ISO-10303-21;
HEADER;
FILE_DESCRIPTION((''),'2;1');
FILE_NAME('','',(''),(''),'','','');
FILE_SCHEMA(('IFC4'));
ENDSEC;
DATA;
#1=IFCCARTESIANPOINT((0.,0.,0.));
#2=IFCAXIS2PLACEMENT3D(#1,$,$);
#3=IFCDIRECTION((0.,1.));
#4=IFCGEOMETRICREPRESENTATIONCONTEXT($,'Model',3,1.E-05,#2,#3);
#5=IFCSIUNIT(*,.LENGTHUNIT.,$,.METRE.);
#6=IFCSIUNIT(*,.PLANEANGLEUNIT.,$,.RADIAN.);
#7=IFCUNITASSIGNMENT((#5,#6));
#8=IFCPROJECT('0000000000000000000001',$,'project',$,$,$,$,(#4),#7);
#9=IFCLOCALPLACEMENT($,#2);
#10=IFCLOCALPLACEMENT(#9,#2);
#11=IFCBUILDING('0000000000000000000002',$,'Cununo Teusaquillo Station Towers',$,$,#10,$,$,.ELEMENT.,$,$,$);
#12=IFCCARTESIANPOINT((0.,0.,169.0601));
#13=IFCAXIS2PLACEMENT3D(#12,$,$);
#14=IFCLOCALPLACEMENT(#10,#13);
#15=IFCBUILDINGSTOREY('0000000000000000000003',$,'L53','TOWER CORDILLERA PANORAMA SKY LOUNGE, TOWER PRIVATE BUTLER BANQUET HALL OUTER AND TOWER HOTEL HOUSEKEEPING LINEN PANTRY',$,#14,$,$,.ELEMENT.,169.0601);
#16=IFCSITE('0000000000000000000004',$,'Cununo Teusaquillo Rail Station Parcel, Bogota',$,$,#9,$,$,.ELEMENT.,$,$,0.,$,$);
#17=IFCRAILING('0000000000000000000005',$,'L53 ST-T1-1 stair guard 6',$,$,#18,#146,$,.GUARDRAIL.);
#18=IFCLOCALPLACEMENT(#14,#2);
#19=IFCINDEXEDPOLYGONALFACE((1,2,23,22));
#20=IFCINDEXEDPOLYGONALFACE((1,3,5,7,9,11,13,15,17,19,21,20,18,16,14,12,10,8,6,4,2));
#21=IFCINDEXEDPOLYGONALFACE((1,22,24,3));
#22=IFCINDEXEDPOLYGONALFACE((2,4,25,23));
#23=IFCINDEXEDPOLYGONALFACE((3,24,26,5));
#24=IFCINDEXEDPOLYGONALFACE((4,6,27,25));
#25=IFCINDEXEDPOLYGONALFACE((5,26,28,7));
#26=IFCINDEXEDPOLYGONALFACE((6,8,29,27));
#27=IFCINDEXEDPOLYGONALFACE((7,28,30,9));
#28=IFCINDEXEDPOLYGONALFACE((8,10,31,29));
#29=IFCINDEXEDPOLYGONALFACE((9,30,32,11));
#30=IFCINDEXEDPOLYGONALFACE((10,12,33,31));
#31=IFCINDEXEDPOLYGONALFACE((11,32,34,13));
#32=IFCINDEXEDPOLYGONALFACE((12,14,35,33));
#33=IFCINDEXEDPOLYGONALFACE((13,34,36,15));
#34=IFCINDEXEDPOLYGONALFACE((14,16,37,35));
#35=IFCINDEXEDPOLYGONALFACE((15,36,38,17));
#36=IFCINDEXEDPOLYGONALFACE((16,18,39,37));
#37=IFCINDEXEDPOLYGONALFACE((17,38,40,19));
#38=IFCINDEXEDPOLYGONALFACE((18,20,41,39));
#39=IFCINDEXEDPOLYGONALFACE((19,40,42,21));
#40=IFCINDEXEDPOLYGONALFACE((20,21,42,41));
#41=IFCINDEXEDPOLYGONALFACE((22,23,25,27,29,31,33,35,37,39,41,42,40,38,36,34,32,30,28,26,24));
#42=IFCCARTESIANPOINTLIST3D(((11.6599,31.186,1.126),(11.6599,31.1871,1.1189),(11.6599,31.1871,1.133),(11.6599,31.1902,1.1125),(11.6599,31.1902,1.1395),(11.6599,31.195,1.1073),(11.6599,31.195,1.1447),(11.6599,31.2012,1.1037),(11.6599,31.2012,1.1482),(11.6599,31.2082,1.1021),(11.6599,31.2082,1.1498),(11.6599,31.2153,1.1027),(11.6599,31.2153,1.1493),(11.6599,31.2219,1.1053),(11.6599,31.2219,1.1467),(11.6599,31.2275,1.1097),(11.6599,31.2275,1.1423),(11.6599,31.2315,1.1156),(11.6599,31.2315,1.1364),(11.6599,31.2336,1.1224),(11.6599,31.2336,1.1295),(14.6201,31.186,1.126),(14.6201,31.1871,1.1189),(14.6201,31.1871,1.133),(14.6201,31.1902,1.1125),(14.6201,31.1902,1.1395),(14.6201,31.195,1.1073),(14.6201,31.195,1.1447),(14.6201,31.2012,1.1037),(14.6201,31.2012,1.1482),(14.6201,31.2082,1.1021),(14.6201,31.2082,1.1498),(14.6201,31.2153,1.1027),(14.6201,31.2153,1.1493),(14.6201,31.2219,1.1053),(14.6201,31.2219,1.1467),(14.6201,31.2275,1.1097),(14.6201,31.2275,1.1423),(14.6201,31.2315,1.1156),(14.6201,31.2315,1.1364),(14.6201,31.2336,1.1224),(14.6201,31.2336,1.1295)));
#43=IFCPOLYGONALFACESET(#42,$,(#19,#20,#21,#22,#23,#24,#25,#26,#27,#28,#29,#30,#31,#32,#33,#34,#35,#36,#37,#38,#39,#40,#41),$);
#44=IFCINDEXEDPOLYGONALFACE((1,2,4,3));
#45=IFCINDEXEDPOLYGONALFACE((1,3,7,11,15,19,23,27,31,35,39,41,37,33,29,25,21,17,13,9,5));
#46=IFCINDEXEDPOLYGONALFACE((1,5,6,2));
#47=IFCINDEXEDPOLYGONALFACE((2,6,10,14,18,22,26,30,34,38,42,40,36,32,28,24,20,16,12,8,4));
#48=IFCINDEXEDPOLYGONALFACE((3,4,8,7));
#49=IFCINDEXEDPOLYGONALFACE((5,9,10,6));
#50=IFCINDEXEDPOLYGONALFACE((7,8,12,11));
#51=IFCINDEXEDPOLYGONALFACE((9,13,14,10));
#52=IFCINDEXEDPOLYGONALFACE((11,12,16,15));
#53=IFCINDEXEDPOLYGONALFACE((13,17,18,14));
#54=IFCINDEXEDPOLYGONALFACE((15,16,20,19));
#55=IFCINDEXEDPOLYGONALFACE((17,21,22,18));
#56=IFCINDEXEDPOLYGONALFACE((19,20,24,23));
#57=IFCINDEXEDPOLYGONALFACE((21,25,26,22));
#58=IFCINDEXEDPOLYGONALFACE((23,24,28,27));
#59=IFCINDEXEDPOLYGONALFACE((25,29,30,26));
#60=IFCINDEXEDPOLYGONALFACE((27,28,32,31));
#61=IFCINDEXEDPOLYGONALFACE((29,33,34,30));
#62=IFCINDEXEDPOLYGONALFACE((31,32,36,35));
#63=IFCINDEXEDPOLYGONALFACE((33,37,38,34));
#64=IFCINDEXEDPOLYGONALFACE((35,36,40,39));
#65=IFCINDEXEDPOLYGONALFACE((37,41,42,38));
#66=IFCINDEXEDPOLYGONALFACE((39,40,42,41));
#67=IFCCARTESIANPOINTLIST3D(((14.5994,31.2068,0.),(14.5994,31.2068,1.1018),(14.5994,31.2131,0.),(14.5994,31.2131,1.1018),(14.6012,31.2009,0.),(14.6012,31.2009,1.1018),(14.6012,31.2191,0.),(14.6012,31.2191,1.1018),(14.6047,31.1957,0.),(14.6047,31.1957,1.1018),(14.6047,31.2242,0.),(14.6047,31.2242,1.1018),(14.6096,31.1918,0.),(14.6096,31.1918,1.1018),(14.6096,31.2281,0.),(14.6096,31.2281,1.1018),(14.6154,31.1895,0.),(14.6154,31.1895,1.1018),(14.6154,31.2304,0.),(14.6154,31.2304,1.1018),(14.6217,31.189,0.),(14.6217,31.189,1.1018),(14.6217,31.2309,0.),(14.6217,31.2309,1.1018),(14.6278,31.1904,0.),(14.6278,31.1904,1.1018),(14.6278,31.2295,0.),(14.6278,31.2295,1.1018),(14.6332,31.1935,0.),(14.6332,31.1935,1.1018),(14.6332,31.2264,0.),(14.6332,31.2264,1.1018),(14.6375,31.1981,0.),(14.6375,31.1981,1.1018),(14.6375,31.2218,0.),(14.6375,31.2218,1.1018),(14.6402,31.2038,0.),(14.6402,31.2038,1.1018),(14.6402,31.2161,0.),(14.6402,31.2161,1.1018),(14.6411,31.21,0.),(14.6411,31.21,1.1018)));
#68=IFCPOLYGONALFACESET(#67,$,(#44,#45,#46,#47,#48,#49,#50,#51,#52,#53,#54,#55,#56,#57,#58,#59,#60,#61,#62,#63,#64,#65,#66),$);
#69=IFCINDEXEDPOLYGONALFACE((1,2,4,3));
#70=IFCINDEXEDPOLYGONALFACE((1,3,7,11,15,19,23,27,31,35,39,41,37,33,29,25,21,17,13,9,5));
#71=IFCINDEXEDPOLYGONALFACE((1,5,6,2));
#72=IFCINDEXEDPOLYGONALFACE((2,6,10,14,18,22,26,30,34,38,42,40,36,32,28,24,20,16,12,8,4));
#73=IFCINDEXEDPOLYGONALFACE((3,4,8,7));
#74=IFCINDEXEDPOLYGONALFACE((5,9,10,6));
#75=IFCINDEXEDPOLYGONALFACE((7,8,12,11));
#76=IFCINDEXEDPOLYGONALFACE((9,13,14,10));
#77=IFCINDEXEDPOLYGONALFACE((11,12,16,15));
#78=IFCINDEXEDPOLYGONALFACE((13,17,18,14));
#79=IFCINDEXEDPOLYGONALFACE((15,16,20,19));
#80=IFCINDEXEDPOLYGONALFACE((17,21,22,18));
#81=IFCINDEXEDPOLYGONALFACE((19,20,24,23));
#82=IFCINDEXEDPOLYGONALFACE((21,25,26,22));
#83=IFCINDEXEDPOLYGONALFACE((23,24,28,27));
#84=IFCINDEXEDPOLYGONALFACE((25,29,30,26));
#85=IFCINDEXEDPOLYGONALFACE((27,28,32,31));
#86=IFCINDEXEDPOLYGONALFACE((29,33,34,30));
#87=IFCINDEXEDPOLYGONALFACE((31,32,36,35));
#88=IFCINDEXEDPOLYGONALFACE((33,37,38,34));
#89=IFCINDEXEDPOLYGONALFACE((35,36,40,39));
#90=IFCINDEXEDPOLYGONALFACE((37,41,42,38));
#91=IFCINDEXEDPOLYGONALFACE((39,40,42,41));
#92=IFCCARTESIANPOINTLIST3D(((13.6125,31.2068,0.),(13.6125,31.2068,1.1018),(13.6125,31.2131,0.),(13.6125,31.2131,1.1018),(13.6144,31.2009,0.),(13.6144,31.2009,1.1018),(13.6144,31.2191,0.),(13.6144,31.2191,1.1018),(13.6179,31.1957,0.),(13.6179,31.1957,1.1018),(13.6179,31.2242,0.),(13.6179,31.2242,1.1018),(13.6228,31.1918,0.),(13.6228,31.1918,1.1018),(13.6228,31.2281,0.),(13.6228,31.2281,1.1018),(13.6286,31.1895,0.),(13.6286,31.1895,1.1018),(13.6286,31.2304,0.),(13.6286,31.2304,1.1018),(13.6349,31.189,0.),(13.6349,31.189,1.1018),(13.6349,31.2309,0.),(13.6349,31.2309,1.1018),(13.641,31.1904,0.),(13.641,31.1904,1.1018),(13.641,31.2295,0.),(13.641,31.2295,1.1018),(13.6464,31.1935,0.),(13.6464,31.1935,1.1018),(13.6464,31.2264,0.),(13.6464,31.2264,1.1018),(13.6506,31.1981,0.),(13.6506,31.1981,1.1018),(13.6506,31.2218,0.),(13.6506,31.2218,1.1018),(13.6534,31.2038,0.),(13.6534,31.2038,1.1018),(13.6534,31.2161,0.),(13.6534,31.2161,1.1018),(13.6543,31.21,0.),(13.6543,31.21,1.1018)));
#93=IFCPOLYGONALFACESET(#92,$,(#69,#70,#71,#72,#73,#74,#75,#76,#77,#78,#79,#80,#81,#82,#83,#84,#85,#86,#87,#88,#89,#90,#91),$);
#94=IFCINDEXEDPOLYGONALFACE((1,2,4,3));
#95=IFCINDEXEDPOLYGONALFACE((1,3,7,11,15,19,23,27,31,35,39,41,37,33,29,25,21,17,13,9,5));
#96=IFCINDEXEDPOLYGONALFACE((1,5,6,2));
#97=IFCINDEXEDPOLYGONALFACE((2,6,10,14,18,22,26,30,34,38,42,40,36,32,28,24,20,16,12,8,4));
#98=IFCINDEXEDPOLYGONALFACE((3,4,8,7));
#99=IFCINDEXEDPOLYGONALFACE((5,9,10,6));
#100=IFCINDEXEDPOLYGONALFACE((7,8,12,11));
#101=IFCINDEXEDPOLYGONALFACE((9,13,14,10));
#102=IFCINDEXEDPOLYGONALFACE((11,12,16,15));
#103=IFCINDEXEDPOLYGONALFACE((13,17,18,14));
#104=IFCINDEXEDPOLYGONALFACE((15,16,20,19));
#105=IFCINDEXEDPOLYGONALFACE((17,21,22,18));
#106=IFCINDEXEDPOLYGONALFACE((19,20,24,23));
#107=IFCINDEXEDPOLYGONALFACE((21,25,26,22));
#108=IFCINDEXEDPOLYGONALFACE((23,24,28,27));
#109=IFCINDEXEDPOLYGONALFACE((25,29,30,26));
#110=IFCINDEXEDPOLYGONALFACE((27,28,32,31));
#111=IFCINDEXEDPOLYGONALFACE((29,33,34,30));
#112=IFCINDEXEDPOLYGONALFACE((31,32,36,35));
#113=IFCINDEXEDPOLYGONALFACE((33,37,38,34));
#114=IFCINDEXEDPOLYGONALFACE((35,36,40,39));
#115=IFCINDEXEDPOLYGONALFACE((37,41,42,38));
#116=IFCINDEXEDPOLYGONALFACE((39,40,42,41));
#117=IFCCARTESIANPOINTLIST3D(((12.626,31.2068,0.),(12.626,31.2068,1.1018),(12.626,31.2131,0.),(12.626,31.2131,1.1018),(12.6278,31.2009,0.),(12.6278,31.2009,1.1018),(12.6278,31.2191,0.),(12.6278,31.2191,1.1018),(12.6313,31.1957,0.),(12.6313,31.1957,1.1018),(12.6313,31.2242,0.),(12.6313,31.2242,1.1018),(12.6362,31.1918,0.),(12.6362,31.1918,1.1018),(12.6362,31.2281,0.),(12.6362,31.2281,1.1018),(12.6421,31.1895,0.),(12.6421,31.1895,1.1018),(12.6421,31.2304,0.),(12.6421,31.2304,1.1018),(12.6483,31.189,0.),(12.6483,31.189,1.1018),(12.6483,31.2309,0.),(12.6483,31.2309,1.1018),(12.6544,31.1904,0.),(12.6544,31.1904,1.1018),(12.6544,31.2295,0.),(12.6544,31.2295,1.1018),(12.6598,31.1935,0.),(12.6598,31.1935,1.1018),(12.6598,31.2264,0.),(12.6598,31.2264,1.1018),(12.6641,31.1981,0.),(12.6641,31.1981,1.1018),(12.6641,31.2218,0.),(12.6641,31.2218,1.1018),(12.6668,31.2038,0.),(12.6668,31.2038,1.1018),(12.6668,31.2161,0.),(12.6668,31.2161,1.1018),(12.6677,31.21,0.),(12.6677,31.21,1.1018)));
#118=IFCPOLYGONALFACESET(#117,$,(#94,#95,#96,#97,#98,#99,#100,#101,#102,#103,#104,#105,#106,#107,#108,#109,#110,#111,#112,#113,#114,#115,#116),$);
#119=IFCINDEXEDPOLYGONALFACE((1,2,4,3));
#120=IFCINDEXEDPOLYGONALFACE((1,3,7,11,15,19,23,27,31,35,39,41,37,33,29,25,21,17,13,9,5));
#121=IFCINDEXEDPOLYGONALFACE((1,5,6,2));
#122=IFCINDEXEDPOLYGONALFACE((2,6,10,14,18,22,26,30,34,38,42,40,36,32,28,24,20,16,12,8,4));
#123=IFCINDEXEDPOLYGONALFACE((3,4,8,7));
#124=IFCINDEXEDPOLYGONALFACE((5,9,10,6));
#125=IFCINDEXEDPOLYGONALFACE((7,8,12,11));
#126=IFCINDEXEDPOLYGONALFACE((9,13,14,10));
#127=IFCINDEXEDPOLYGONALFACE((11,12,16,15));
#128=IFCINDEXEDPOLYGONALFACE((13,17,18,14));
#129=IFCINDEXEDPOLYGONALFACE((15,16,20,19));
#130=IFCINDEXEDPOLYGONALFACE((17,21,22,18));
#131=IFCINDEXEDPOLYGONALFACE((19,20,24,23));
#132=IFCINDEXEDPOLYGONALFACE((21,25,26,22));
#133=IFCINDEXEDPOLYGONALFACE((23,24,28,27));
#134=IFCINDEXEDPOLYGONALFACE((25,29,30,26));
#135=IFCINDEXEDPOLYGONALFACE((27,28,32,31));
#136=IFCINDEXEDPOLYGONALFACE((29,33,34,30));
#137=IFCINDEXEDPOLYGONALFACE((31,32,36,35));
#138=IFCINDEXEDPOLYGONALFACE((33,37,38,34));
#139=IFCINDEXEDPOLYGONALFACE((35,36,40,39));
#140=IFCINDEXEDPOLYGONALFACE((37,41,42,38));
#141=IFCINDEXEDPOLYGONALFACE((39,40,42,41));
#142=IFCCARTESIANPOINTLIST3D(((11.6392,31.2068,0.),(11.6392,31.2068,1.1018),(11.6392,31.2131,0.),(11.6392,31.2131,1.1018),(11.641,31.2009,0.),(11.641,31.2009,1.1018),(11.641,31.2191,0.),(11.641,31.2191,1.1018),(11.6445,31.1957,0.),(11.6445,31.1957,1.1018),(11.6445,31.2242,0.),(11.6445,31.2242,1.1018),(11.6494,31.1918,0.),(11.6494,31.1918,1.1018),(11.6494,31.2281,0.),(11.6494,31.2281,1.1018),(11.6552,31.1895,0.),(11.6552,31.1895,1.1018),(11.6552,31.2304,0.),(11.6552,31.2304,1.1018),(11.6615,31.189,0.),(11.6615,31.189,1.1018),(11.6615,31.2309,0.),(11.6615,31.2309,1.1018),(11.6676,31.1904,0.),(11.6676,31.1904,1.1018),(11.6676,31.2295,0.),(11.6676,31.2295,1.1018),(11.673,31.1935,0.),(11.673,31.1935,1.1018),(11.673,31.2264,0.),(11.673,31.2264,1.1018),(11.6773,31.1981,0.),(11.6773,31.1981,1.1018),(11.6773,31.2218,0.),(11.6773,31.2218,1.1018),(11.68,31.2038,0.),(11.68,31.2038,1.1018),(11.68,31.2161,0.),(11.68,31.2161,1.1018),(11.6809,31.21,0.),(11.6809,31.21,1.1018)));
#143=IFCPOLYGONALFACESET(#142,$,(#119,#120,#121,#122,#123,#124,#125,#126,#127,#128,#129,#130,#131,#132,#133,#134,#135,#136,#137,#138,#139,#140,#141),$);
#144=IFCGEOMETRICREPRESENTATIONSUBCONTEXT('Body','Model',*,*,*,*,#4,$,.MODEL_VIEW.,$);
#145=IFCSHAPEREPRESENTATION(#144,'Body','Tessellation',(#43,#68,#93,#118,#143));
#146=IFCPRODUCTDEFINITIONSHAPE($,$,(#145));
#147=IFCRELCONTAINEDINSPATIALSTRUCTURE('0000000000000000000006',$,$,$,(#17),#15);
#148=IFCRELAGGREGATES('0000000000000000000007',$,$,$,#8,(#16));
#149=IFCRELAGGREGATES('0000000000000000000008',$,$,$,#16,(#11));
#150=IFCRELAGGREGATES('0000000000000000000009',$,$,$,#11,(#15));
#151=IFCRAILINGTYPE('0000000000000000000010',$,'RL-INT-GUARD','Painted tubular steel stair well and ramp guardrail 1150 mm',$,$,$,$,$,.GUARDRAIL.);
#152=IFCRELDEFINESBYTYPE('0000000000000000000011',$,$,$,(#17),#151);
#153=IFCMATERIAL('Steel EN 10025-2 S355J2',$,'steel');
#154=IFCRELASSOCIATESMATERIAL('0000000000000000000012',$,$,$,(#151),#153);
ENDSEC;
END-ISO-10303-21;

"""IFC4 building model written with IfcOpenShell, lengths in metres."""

from ifc_helpers import new_model, si_unit, direction, frame, origin, origin_2d, place, context, subcontext, project, spatial, circle, extrude, material, type_object, element, save


model = new_model("IFC4")

# Units and contexts
model_context = context("Model", 3, precision=1e-05, world=origin(), true_north=direction((0.0, 1.0)))
body_context = subcontext(model_context, "Body", "Model", "MODEL_VIEW")
ifc_project = project(units=[si_unit("LENGTHUNIT", "METRE"), si_unit("PLANEANGLEUNIT", "RADIAN")], contexts=[model_context])

# Site, building, storey
site_placement = place(None, origin())
site = spatial("IfcSite", under=ifc_project, at=site_placement, Name="Cununo Teusaquillo Rail Station Parcel, Bogota", CompositionType="ELEMENT", RefElevation=0.0)
building_placement = place(site_placement, origin())
building = spatial("IfcBuilding", under=site, at=building_placement, Name="Cununo Teusaquillo Station Towers", CompositionType="ELEMENT")
storey_placement = place(building_placement, frame((0.0, 0.0, 169.0601)))
storey = spatial("IfcBuildingStorey", under=building, at=storey_placement, Name="L53", Description="TOWER CORDILLERA PANORAMA SKY LOUNGE, TOWER PRIVATE BUTLER BANQUET HALL OUTER AND TOWER HOTEL HOUSEKEEPING LINEN PANTRY", CompositionType="ELEMENT", Elevation=169.0601)

# Railing
ifc_material_1 = material(Name="Steel EN 10025-2 S355J2", Category="steel")
railing_type_1 = type_object("IfcRailingType", Name="RL-INT-GUARD", Description="Painted tubular steel stair well and ramp guardrail 1150 mm", PredefinedType="GUARDRAIL", material=ifc_material_1)
railing_1_placement = place(storey_placement, frame((14.6201, 31.21, 0.0)))
element("IfcRailing", 1, at=railing_1_placement, inside=storey, type_object=railing_type_1, Name="L53 ST-T1-1 stair guard 6", PredefinedType="GUARDRAIL", context=body_context, shape_type="SweptSolid", body=[
    extrude(circle(Radius=0.0239, at=origin_2d()), frame((0.0, 0.0, 1.126), z_axis=(-1.0, 0.0, 0.0), x_axis=(0.0, -1.0, 0.0)), (0.0, 0.0, 1.0), 2.9602),
    extrude(circle(Radius=0.021, at=origin_2d()), origin(), (0.0, 0.0, 1.0), 1.1018),
    extrude(circle(Radius=0.021, at=origin_2d()), frame((-0.9868, 0.0, 0.0)), (0.0, 0.0, 1.0), 1.1018),
    extrude(circle(Radius=0.021, at=origin_2d()), frame((-1.9734, 0.0, 0.0)), (0.0, 0.0, 1.0), 1.1018),
    extrude(circle(Radius=0.021, at=origin_2d()), frame((-2.9602, 0.0, 0.0)), (0.0, 0.0, 1.0), 1.1018),
])

save(model, "model.ifc")
